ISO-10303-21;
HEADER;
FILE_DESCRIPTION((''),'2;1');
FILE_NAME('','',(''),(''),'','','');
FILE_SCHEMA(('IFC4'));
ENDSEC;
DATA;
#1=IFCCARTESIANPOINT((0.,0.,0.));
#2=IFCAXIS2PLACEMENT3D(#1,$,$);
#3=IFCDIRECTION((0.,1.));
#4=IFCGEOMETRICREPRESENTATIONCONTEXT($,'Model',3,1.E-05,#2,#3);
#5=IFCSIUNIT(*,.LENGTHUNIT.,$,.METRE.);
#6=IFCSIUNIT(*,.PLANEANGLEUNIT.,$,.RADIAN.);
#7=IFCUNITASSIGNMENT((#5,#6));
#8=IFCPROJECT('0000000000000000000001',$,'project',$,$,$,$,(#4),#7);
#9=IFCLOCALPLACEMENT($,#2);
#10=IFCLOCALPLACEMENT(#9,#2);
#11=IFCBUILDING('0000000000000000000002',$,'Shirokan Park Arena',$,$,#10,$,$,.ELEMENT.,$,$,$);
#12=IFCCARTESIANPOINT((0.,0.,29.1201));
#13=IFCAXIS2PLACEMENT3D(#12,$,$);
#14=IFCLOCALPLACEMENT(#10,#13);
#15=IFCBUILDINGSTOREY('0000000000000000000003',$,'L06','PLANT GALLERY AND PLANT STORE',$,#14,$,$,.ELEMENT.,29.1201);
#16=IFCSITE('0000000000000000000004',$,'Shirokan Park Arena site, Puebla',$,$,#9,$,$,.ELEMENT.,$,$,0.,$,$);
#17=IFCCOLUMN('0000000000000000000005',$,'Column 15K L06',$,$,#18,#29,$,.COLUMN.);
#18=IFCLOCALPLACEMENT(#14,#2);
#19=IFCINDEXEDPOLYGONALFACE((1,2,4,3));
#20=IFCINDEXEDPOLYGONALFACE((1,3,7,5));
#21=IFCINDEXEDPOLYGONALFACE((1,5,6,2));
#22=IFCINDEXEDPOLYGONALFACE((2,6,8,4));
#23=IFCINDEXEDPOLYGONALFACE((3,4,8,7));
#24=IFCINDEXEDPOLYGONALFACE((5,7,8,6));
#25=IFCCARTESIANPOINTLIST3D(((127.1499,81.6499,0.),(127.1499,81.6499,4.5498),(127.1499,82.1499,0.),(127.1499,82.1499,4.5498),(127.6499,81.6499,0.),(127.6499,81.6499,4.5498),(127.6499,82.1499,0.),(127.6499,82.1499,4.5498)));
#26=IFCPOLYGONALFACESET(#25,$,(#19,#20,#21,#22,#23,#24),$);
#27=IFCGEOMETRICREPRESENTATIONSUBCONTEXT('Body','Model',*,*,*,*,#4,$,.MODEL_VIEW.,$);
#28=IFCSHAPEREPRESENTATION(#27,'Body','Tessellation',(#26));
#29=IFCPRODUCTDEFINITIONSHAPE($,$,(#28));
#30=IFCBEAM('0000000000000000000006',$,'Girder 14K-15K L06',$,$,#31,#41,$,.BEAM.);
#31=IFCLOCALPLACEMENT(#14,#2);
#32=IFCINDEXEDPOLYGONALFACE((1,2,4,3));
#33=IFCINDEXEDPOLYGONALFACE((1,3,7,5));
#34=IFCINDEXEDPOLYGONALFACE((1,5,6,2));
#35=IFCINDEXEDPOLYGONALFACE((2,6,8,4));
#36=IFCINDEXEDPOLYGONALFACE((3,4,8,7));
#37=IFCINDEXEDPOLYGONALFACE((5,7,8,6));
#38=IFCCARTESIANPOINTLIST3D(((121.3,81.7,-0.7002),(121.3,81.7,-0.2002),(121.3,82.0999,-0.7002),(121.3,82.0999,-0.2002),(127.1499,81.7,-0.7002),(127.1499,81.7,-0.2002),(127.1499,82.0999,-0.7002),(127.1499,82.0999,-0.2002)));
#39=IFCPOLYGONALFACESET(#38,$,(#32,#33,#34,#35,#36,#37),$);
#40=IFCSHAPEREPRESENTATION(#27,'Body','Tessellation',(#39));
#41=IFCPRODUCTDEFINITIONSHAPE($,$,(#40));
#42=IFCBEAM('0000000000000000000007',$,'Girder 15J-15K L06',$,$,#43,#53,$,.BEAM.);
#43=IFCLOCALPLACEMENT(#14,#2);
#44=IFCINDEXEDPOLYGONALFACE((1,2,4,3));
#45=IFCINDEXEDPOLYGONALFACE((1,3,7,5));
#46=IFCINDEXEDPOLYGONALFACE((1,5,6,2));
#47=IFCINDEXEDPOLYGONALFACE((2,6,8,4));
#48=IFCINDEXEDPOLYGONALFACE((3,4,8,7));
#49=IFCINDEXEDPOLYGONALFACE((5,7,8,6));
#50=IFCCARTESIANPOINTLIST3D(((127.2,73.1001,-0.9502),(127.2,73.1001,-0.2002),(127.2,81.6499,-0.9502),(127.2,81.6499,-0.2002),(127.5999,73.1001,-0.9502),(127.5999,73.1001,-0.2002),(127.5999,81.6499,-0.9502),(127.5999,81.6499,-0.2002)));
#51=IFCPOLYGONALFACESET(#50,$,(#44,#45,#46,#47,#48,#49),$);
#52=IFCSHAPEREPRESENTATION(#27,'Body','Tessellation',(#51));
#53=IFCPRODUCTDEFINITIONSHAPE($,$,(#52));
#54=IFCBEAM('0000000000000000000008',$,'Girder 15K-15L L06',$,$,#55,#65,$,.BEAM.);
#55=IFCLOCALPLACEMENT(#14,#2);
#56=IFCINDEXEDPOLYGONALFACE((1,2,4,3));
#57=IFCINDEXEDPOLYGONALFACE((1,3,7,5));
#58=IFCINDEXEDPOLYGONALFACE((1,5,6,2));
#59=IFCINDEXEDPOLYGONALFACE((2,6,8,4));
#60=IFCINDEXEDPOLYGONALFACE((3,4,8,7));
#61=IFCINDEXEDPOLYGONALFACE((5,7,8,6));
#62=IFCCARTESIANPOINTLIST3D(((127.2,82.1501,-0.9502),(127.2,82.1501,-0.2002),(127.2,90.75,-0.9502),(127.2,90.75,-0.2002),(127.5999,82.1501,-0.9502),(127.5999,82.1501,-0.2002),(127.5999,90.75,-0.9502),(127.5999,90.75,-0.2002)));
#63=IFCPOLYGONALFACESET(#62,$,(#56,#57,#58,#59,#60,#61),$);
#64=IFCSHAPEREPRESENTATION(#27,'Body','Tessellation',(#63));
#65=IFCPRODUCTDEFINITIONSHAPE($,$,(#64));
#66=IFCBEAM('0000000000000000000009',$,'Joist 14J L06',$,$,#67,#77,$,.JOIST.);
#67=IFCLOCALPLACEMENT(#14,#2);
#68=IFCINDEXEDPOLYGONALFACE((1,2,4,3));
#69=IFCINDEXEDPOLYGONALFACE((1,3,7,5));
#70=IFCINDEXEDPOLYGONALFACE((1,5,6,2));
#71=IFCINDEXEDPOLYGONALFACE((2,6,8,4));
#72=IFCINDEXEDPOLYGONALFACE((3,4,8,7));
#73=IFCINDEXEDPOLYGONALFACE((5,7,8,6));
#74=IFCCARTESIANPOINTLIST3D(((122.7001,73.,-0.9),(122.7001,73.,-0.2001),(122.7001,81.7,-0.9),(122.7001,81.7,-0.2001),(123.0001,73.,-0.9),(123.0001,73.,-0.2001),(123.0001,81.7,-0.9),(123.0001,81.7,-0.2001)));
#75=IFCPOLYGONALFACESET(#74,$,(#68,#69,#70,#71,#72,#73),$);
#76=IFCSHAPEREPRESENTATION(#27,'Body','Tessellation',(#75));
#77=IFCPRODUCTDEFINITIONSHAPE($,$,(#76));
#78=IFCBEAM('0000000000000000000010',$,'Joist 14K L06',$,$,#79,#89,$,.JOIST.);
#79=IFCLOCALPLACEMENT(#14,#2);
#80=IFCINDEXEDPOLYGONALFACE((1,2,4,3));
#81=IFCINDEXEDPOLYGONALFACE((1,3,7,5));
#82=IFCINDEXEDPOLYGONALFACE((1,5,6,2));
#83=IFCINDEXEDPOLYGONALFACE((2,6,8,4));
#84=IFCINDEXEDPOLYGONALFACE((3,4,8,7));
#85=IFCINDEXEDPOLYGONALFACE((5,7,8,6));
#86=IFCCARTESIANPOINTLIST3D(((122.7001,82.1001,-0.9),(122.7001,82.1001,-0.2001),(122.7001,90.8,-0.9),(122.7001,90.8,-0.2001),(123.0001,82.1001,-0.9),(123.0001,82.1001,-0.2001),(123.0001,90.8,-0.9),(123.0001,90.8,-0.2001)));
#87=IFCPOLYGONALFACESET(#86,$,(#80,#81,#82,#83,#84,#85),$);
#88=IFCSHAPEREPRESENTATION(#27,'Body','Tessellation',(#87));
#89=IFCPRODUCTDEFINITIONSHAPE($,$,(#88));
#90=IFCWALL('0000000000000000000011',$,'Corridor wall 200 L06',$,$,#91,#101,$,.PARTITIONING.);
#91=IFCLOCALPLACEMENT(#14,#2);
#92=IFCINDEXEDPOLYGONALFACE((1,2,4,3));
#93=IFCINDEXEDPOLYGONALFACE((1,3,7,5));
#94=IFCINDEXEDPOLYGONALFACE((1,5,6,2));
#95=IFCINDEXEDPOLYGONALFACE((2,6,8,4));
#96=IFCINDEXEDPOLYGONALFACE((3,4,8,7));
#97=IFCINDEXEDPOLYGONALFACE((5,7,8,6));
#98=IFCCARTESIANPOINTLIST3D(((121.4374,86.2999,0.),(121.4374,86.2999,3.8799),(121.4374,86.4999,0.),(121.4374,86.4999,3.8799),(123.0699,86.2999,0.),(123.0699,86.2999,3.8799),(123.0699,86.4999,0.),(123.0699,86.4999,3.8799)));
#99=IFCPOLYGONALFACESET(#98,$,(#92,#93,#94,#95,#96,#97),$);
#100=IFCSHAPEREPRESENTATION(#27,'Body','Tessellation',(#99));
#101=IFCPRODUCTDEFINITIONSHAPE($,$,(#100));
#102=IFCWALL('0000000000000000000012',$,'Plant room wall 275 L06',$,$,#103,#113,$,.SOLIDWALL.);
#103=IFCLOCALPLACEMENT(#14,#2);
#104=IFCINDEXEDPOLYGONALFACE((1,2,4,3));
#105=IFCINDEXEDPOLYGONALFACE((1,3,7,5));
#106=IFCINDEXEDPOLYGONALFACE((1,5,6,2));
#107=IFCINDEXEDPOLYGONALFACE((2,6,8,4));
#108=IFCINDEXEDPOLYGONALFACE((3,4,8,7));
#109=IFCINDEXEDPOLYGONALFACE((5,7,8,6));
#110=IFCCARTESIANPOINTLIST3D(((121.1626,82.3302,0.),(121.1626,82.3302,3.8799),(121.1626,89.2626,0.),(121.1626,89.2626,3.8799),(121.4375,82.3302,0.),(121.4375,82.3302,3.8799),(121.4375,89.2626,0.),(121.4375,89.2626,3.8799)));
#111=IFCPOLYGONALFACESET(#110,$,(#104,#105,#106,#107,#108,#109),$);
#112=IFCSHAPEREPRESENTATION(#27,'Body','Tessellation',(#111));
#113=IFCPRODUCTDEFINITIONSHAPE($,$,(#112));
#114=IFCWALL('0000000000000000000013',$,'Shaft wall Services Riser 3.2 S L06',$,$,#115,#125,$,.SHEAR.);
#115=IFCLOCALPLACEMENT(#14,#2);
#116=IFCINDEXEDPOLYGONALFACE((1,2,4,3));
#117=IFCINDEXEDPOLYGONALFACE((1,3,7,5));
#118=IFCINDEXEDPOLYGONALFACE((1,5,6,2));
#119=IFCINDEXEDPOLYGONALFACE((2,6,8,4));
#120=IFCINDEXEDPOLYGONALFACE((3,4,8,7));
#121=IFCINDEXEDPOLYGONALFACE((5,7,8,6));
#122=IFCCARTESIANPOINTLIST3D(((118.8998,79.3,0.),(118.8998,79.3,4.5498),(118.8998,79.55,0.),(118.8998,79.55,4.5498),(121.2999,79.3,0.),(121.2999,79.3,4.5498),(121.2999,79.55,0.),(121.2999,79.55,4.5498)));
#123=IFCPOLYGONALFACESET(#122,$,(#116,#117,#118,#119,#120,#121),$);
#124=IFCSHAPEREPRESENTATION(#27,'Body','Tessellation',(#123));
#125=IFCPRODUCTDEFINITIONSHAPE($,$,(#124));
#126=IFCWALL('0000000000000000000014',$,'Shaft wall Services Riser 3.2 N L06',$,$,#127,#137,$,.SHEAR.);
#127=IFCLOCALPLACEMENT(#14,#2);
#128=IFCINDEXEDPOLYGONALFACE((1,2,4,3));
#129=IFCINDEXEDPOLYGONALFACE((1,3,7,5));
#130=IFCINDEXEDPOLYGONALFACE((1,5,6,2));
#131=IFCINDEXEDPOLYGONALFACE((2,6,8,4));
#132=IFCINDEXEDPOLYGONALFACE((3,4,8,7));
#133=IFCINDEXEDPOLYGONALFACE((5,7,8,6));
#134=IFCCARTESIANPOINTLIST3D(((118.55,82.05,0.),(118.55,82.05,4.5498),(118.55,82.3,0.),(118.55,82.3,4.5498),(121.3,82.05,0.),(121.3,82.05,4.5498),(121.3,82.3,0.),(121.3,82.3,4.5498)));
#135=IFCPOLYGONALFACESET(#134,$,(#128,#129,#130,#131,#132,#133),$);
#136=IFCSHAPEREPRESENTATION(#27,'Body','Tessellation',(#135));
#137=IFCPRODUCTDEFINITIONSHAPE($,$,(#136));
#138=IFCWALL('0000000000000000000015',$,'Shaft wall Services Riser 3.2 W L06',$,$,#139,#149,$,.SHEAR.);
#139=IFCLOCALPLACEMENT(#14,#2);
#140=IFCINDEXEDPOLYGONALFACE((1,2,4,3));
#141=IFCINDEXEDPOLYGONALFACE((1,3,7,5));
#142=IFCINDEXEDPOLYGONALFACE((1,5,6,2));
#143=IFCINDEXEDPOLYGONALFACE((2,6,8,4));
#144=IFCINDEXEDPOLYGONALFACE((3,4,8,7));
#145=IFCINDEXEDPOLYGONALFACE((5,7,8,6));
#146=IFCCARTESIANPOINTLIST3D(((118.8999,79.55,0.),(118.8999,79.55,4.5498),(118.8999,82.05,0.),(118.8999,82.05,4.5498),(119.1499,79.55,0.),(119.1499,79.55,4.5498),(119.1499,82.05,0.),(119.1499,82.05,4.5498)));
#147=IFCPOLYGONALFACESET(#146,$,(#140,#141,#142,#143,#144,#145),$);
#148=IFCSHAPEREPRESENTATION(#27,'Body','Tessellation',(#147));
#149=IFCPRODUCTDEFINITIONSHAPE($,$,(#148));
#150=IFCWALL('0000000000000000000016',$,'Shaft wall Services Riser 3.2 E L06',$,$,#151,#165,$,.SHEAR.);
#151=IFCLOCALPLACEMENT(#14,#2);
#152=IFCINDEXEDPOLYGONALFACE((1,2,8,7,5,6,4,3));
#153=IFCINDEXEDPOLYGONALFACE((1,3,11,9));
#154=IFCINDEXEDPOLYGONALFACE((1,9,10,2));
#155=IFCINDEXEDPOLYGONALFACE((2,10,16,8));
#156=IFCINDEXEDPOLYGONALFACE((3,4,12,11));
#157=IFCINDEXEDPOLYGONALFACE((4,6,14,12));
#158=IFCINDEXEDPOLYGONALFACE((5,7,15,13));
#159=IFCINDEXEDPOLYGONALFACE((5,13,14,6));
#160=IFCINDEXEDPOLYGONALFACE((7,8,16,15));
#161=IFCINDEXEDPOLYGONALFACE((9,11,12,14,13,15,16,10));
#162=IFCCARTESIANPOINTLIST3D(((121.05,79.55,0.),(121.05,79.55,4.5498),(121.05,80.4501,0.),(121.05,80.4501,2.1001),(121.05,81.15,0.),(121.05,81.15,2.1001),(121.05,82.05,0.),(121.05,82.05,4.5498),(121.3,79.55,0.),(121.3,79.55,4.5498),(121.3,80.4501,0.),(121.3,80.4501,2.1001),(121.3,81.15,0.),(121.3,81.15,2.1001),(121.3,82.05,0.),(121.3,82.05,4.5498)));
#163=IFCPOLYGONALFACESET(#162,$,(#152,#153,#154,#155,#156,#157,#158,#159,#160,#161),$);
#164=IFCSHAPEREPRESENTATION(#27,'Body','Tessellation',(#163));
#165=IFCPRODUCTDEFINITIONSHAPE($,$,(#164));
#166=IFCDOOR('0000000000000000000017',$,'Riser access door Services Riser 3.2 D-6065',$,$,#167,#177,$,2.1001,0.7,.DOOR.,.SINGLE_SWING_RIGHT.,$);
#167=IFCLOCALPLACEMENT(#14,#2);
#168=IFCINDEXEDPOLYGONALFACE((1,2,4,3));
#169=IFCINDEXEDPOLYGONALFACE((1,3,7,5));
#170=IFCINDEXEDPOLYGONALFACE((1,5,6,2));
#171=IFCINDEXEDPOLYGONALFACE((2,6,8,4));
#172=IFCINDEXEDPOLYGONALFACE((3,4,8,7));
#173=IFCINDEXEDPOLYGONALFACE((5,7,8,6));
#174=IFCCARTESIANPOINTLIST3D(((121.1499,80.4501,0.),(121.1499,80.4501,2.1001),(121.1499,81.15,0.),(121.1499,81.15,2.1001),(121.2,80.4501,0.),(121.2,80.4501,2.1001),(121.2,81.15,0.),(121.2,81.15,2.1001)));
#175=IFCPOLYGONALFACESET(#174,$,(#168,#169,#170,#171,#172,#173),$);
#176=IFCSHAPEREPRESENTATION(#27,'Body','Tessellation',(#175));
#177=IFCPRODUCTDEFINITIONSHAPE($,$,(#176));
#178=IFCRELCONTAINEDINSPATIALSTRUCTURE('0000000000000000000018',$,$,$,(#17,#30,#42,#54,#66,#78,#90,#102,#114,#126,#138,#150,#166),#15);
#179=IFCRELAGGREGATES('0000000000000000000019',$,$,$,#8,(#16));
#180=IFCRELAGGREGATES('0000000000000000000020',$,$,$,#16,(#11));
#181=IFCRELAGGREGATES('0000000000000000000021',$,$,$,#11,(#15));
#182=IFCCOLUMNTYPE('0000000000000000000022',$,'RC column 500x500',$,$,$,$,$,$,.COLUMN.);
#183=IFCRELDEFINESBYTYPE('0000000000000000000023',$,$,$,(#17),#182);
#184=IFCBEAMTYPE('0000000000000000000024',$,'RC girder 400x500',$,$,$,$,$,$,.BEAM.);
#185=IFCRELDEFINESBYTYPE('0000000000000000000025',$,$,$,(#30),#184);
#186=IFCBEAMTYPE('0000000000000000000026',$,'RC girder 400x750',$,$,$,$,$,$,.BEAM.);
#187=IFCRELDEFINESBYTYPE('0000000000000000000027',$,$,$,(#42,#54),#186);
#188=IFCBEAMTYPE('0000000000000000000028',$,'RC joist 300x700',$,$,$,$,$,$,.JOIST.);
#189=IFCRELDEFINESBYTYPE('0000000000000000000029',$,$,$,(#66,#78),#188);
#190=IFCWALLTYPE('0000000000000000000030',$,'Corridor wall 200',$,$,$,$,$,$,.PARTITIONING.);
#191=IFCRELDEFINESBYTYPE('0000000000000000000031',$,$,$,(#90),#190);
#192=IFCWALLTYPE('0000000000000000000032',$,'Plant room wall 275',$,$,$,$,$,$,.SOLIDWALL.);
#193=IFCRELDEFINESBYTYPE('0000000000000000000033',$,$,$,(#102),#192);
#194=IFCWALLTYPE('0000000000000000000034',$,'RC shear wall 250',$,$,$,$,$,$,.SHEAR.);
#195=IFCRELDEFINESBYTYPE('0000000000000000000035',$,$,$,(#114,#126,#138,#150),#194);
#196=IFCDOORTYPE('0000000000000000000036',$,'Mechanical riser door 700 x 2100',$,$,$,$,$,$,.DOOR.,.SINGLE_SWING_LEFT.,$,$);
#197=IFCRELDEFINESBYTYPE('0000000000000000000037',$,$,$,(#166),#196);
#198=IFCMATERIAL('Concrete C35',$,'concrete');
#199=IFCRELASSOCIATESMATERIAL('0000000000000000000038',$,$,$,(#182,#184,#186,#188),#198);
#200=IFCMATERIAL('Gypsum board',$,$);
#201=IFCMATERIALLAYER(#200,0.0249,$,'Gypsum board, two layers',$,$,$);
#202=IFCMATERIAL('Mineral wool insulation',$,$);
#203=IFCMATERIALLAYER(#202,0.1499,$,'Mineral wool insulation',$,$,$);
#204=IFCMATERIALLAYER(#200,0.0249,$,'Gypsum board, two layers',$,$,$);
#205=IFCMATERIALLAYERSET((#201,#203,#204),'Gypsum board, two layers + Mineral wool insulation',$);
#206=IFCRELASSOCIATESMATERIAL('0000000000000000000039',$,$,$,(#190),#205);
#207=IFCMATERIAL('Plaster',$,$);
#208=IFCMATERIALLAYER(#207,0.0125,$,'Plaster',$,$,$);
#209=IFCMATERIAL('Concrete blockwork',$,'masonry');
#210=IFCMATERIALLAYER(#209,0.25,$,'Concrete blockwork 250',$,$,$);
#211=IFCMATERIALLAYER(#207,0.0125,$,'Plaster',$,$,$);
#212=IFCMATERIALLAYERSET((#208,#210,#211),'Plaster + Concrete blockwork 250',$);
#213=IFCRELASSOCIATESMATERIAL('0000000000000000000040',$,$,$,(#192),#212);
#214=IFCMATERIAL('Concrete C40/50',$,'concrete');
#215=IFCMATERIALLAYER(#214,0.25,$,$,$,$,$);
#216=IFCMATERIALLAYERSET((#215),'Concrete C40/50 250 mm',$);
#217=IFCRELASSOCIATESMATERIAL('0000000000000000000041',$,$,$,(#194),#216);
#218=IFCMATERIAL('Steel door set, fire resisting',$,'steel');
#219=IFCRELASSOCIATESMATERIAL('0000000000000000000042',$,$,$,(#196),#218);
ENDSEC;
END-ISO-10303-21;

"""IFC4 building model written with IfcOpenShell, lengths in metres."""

from ifc_helpers import new_model, si_unit, direction, frame, frame_2d, origin, origin_2d, place, context, subcontext, project, spatial, rectangle, extrude, material, layer, layer_set, material_profile, profile_set, type_object, element, fill, save


model = new_model("IFC4")

# Units and contexts
model_context = context("Model", 3, precision=1e-05, world=origin(), true_north=direction((0.0, 1.0)))
body_context = subcontext(model_context, "Body", "Model", "MODEL_VIEW")
ifc_project = project(units=[si_unit("LENGTHUNIT", "METRE"), si_unit("PLANEANGLEUNIT", "RADIAN")], contexts=[model_context])

# Site, building, storey
site_placement = place(None, origin())
site = spatial("IfcSite", under=ifc_project, at=site_placement, Name="Shirokan Park Arena site, Puebla", CompositionType="ELEMENT", RefElevation=0.0)
building_placement = place(site_placement, origin())
building = spatial("IfcBuilding", under=site, at=building_placement, Name="Shirokan Park Arena", CompositionType="ELEMENT")
storey_placement = place(building_placement, frame((0.0, 0.0, 29.1201)))
storey = spatial("IfcBuildingStorey", under=building, at=storey_placement, Name="L06", Description="PLANT GALLERY AND PLANT STORE", CompositionType="ELEMENT", Elevation=29.1201)

# Column
ifc_material_1 = material(Name="Concrete C35", Category="concrete")
ifc_material_profile_1 = material_profile(ifc_material_1, rectangle(XDim=0.5, YDim=0.5, at=origin_2d()), Name="500x500")
ifc_profile_set_1 = profile_set([ifc_material_profile_1], Name="Concrete C35")
column_type = type_object("IfcColumnType", Name="RC column 500x500", PredefinedType="COLUMN", material=ifc_profile_set_1)
column_placement = place(storey_placement, frame((127.3999, 81.8999, 0.0), z_axis=(0.0, 0.0, 1.0), x_axis=(1.0, 0.0, 0.0)))
element("IfcColumn", 1, at=column_placement, inside=storey, type_object=column_type, Name="Column 15K L06", PredefinedType="COLUMN", context=body_context, shape_type="SweptSolid", body=[
    extrude(rectangle(XDim=0.5, YDim=0.5, at=origin_2d()), origin(), (0.0, 0.0, 1.0), 4.5498),
])

# Beams
ifc_material_profile_2 = material_profile(ifc_material_1, rectangle(XDim=0.3999, YDim=0.5, at=origin_2d()), Name="400x500")
ifc_profile_set_2 = profile_set([ifc_material_profile_2], Name="Concrete C35")
beam_type_1 = type_object("IfcBeamType", Name="RC girder 400x500", PredefinedType="BEAM", material=ifc_profile_set_2)
beam_1_placement = place(storey_placement, frame((121.3, 81.8999, -0.4502), z_axis=(1.0, 0.0, 0.0), x_axis=(0.0, 1.0, 0.0)))
element("IfcBeam", 2, at=beam_1_placement, inside=storey, type_object=beam_type_1, Name="Girder 14K-15K L06", PredefinedType="BEAM", context=body_context, shape_type="SweptSolid", body=[
    extrude(rectangle(XDim=0.3999, YDim=0.5, at=origin_2d()), origin(), (0.0, 0.0, 1.0), 5.8499),
])
ifc_material_profile_3 = material_profile(ifc_material_1, rectangle(XDim=0.3999, YDim=0.75, at=origin_2d()), Name="400x750")
ifc_profile_set_3 = profile_set([ifc_material_profile_3], Name="Concrete C35")
beam_type_2 = type_object("IfcBeamType", Name="RC girder 400x750", PredefinedType="BEAM", material=ifc_profile_set_3)
beam_2_placement = place(storey_placement, frame((127.3999, 73.1001, -0.5752), z_axis=(0.0, 1.0, 0.0), x_axis=(-1.0, 0.0, 0.0)))
element("IfcBeam", 3, at=beam_2_placement, inside=storey, type_object=beam_type_2, Name="Girder 15J-15K L06", PredefinedType="BEAM", context=body_context, shape_type="SweptSolid", body=[
    extrude(rectangle(XDim=0.3999, YDim=0.75, at=origin_2d()), origin(), (0.0, 0.0, 1.0), 8.5498),
])
beam_3_placement = place(storey_placement, frame((127.3999, 82.1501, -0.5752), z_axis=(0.0, 1.0, 0.0), x_axis=(-1.0, 0.0, 0.0)))
element("IfcBeam", 4, at=beam_3_placement, inside=storey, type_object=beam_type_2, Name="Girder 15K-15L L06", PredefinedType="BEAM", context=body_context, shape_type="SweptSolid", body=[
    extrude(rectangle(XDim=0.3999, YDim=0.75, at=origin_2d()), origin(), (0.0, 0.0, 1.0), 8.5999),
])
ifc_material_profile_4 = material_profile(ifc_material_1, rectangle(XDim=0.3, YDim=0.7, at=origin_2d()), Name="300x700")
ifc_profile_set_4 = profile_set([ifc_material_profile_4], Name="Concrete C35")
beam_type_3 = type_object("IfcBeamType", Name="RC joist 300x700", PredefinedType="JOIST", material=ifc_profile_set_4)
for number, where, z_axis, x_axis, name in (
    (5, (122.8501, 73.0, -0.55), (0.0, 1.0, 0.0), (-1.0, 0.0, 0.0), "Joist 14J L06"),
    (6, (122.8501, 82.1001, -0.55), (0.0, 1.0, 0.0), (-1.0, 0.0, 0.0), "Joist 14K L06"),
):
    element("IfcBeam", number, at=place(storey_placement, frame(where, z_axis=z_axis, x_axis=x_axis)), inside=storey, type_object=beam_type_3, Name=name, PredefinedType="JOIST", context=body_context, shape_type="SweptSolid", body=[
        extrude(rectangle(XDim=0.3, YDim=0.7, at=origin_2d()), origin(), (0.0, 0.0, 1.0), 8.7),
    ])

# Walls
ifc_material_2 = material(Name="Gypsum board")
ifc_layer_1 = layer(ifc_material_2, 0.0249, Name="Gypsum board, two layers")
ifc_material_3 = material(Name="Mineral wool insulation")
ifc_layer_2 = layer(ifc_material_3, 0.1499, Name="Mineral wool insulation")
ifc_layer_3 = layer(ifc_material_2, 0.0249, Name="Gypsum board, two layers")
ifc_layer_set_1 = layer_set([ifc_layer_1, ifc_layer_2, ifc_layer_3], Name="Gypsum board, two layers + Mineral wool insulation")
wall_type_1 = type_object("IfcWallType", Name="Corridor wall 200", PredefinedType="PARTITIONING", material=ifc_layer_set_1)
wall_1_placement = place(storey_placement, frame((123.0701, 86.3999, 0.0), z_axis=(0.0, 0.0, 1.0), x_axis=(-1.0, 0.0, 0.0)))
element("IfcWall", 7, at=wall_1_placement, inside=storey, type_object=wall_type_1, Name="Corridor wall 200 L06", PredefinedType="PARTITIONING", context=body_context, shape_type="SweptSolid", body=[
    extrude(rectangle(XDim=1.6326, YDim=0.2, at=frame_2d((0.8164, 0.0))), origin(), (0.0, 0.0, 1.0), 3.8799),
])
ifc_material_4 = material(Name="Plaster")
ifc_layer_4 = layer(ifc_material_4, 0.0125, Name="Plaster")
ifc_material_5 = material(Name="Concrete blockwork", Category="masonry")
ifc_layer_5 = layer(ifc_material_5, 0.25, Name="Concrete blockwork 250")
ifc_layer_6 = layer(ifc_material_4, 0.0125, Name="Plaster")
ifc_layer_set_2 = layer_set([ifc_layer_4, ifc_layer_5, ifc_layer_6], Name="Plaster + Concrete blockwork 250")
wall_type_2 = type_object("IfcWallType", Name="Plant room wall 275", PredefinedType="SOLIDWALL", material=ifc_layer_set_2)
wall_2_placement = place(storey_placement, frame((121.3, 82.3301, 0.0), z_axis=(0.0, 0.0, 1.0), x_axis=(0.0, 1.0, 0.0)))
element("IfcWall", 8, at=wall_2_placement, inside=storey, type_object=wall_type_2, Name="Plant room wall 275 L06", PredefinedType="SOLIDWALL", context=body_context, shape_type="SweptSolid", body=[
    extrude(rectangle(XDim=6.9324, YDim=0.2749, at=frame_2d((3.4663, 0.0))), origin(), (0.0, 0.0, 1.0), 3.8799),
])

# Walls
ifc_material_6 = material(Name="Concrete C40/50", Category="concrete")
ifc_layer_7 = layer(ifc_material_6, 0.25)
ifc_layer_set_3 = layer_set([ifc_layer_7], Name="Concrete C40/50 250 mm")
wall_type_3 = type_object("IfcWallType", Name="RC shear wall 250", PredefinedType="SHEAR", material=ifc_layer_set_3)
wall_3_placement = place(storey_placement, frame((121.3, 79.425, 0.0), z_axis=(0.0, 0.0, 1.0), x_axis=(-1.0, 0.0, 0.0)))
element("IfcWall", 9, at=wall_3_placement, inside=storey, type_object=wall_type_3, Name="Shaft wall Services Riser 3.2 S L06", PredefinedType="SHEAR", context=body_context, shape_type="SweptSolid", body=[
    extrude(rectangle(XDim=2.4001, YDim=0.25, at=frame_2d((1.2002, 0.0))), origin(), (0.0, 0.0, 1.0), 4.5498),
])
wall_4_placement = place(storey_placement, frame((121.3, 82.175, 0.0), z_axis=(0.0, 0.0, 1.0), x_axis=(-1.0, 0.0, 0.0)))
element("IfcWall", 10, at=wall_4_placement, inside=storey, type_object=wall_type_3, Name="Shaft wall Services Riser 3.2 N L06", PredefinedType="SHEAR", context=body_context, shape_type="SweptSolid", body=[
    extrude(rectangle(XDim=2.75, YDim=0.25, at=frame_2d((1.375, 0.0))), origin(), (0.0, 0.0, 1.0), 4.5498),
])
wall_5_placement = place(storey_placement, frame((119.0249, 82.05, 0.0), z_axis=(0.0, 0.0, 1.0), x_axis=(0.0, -1.0, 0.0)))
element("IfcWall", 11, at=wall_5_placement, inside=storey, type_object=wall_type_3, Name="Shaft wall Services Riser 3.2 W L06", PredefinedType="SHEAR", context=body_context, shape_type="SweptSolid", body=[
    extrude(rectangle(XDim=2.5, YDim=0.25, at=frame_2d((1.25, 0.0))), origin(), (0.0, 0.0, 1.0), 4.5498),
])

# Wall, opening, door
wall_6_placement = place(storey_placement, frame((121.175, 82.05, 0.0), z_axis=(0.0, 0.0, 1.0), x_axis=(0.0, -1.0, 0.0)))
wall_6 = element("IfcWall", 12, at=wall_6_placement, inside=storey, type_object=wall_type_3, Name="Shaft wall Services Riser 3.2 E L06", PredefinedType="SHEAR", context=body_context, shape_type="SweptSolid", body=[
    extrude(rectangle(XDim=2.5, YDim=0.25, at=frame_2d((1.25, 0.0))), origin(), (0.0, 0.0, 1.0), 4.5498),
])
opening_1_placement = place(wall_6_placement, frame((0.8999, 0.0, 0.0)))
opening_1 = element("IfcOpeningElement", 13, at=opening_1_placement, cuts=wall_6, PredefinedType="OPENING", context=body_context, shape_type="SweptSolid", body=[
    extrude(rectangle(XDim=0.7, YDim=2.1001, at=frame_2d((0.3501, 1.05))), frame((0.0, 0.135, 0.0), z_axis=(0.0, -1.0, 0.0), x_axis=(1.0, 0.0, 0.0)), (0.0, 0.0, 1.0), 0.27),
])
ifc_material_7 = material(Name="Steel door set, fire resisting", Category="steel")
door_type_1 = type_object("IfcDoorType", Name="Mechanical riser door 700 x 2100", OperationType="SINGLE_SWING_LEFT", PredefinedType="DOOR", material=ifc_material_7)
door_1_placement = place(opening_1_placement, origin())
door_1 = element("IfcDoor", 14, at=door_1_placement, inside=storey, type_object=door_type_1, Name="Riser access door Services Riser 3.2 D-6065", OperationType="SINGLE_SWING_RIGHT", OverallHeight=2.1001, OverallWidth=0.7, PredefinedType="DOOR", context=body_context, shape_type="SweptSolid", body=[
    extrude(rectangle(XDim=0.7, YDim=2.1001, at=frame_2d((0.3501, 1.05))), frame((0.0, 0.0249, 0.0), z_axis=(0.0, -1.0, 0.0), x_axis=(1.0, 0.0, 0.0)), (0.0, 0.0, 1.0), 0.05),
])
fill(opening_1, door_1)

save(model, "model.ifc")
